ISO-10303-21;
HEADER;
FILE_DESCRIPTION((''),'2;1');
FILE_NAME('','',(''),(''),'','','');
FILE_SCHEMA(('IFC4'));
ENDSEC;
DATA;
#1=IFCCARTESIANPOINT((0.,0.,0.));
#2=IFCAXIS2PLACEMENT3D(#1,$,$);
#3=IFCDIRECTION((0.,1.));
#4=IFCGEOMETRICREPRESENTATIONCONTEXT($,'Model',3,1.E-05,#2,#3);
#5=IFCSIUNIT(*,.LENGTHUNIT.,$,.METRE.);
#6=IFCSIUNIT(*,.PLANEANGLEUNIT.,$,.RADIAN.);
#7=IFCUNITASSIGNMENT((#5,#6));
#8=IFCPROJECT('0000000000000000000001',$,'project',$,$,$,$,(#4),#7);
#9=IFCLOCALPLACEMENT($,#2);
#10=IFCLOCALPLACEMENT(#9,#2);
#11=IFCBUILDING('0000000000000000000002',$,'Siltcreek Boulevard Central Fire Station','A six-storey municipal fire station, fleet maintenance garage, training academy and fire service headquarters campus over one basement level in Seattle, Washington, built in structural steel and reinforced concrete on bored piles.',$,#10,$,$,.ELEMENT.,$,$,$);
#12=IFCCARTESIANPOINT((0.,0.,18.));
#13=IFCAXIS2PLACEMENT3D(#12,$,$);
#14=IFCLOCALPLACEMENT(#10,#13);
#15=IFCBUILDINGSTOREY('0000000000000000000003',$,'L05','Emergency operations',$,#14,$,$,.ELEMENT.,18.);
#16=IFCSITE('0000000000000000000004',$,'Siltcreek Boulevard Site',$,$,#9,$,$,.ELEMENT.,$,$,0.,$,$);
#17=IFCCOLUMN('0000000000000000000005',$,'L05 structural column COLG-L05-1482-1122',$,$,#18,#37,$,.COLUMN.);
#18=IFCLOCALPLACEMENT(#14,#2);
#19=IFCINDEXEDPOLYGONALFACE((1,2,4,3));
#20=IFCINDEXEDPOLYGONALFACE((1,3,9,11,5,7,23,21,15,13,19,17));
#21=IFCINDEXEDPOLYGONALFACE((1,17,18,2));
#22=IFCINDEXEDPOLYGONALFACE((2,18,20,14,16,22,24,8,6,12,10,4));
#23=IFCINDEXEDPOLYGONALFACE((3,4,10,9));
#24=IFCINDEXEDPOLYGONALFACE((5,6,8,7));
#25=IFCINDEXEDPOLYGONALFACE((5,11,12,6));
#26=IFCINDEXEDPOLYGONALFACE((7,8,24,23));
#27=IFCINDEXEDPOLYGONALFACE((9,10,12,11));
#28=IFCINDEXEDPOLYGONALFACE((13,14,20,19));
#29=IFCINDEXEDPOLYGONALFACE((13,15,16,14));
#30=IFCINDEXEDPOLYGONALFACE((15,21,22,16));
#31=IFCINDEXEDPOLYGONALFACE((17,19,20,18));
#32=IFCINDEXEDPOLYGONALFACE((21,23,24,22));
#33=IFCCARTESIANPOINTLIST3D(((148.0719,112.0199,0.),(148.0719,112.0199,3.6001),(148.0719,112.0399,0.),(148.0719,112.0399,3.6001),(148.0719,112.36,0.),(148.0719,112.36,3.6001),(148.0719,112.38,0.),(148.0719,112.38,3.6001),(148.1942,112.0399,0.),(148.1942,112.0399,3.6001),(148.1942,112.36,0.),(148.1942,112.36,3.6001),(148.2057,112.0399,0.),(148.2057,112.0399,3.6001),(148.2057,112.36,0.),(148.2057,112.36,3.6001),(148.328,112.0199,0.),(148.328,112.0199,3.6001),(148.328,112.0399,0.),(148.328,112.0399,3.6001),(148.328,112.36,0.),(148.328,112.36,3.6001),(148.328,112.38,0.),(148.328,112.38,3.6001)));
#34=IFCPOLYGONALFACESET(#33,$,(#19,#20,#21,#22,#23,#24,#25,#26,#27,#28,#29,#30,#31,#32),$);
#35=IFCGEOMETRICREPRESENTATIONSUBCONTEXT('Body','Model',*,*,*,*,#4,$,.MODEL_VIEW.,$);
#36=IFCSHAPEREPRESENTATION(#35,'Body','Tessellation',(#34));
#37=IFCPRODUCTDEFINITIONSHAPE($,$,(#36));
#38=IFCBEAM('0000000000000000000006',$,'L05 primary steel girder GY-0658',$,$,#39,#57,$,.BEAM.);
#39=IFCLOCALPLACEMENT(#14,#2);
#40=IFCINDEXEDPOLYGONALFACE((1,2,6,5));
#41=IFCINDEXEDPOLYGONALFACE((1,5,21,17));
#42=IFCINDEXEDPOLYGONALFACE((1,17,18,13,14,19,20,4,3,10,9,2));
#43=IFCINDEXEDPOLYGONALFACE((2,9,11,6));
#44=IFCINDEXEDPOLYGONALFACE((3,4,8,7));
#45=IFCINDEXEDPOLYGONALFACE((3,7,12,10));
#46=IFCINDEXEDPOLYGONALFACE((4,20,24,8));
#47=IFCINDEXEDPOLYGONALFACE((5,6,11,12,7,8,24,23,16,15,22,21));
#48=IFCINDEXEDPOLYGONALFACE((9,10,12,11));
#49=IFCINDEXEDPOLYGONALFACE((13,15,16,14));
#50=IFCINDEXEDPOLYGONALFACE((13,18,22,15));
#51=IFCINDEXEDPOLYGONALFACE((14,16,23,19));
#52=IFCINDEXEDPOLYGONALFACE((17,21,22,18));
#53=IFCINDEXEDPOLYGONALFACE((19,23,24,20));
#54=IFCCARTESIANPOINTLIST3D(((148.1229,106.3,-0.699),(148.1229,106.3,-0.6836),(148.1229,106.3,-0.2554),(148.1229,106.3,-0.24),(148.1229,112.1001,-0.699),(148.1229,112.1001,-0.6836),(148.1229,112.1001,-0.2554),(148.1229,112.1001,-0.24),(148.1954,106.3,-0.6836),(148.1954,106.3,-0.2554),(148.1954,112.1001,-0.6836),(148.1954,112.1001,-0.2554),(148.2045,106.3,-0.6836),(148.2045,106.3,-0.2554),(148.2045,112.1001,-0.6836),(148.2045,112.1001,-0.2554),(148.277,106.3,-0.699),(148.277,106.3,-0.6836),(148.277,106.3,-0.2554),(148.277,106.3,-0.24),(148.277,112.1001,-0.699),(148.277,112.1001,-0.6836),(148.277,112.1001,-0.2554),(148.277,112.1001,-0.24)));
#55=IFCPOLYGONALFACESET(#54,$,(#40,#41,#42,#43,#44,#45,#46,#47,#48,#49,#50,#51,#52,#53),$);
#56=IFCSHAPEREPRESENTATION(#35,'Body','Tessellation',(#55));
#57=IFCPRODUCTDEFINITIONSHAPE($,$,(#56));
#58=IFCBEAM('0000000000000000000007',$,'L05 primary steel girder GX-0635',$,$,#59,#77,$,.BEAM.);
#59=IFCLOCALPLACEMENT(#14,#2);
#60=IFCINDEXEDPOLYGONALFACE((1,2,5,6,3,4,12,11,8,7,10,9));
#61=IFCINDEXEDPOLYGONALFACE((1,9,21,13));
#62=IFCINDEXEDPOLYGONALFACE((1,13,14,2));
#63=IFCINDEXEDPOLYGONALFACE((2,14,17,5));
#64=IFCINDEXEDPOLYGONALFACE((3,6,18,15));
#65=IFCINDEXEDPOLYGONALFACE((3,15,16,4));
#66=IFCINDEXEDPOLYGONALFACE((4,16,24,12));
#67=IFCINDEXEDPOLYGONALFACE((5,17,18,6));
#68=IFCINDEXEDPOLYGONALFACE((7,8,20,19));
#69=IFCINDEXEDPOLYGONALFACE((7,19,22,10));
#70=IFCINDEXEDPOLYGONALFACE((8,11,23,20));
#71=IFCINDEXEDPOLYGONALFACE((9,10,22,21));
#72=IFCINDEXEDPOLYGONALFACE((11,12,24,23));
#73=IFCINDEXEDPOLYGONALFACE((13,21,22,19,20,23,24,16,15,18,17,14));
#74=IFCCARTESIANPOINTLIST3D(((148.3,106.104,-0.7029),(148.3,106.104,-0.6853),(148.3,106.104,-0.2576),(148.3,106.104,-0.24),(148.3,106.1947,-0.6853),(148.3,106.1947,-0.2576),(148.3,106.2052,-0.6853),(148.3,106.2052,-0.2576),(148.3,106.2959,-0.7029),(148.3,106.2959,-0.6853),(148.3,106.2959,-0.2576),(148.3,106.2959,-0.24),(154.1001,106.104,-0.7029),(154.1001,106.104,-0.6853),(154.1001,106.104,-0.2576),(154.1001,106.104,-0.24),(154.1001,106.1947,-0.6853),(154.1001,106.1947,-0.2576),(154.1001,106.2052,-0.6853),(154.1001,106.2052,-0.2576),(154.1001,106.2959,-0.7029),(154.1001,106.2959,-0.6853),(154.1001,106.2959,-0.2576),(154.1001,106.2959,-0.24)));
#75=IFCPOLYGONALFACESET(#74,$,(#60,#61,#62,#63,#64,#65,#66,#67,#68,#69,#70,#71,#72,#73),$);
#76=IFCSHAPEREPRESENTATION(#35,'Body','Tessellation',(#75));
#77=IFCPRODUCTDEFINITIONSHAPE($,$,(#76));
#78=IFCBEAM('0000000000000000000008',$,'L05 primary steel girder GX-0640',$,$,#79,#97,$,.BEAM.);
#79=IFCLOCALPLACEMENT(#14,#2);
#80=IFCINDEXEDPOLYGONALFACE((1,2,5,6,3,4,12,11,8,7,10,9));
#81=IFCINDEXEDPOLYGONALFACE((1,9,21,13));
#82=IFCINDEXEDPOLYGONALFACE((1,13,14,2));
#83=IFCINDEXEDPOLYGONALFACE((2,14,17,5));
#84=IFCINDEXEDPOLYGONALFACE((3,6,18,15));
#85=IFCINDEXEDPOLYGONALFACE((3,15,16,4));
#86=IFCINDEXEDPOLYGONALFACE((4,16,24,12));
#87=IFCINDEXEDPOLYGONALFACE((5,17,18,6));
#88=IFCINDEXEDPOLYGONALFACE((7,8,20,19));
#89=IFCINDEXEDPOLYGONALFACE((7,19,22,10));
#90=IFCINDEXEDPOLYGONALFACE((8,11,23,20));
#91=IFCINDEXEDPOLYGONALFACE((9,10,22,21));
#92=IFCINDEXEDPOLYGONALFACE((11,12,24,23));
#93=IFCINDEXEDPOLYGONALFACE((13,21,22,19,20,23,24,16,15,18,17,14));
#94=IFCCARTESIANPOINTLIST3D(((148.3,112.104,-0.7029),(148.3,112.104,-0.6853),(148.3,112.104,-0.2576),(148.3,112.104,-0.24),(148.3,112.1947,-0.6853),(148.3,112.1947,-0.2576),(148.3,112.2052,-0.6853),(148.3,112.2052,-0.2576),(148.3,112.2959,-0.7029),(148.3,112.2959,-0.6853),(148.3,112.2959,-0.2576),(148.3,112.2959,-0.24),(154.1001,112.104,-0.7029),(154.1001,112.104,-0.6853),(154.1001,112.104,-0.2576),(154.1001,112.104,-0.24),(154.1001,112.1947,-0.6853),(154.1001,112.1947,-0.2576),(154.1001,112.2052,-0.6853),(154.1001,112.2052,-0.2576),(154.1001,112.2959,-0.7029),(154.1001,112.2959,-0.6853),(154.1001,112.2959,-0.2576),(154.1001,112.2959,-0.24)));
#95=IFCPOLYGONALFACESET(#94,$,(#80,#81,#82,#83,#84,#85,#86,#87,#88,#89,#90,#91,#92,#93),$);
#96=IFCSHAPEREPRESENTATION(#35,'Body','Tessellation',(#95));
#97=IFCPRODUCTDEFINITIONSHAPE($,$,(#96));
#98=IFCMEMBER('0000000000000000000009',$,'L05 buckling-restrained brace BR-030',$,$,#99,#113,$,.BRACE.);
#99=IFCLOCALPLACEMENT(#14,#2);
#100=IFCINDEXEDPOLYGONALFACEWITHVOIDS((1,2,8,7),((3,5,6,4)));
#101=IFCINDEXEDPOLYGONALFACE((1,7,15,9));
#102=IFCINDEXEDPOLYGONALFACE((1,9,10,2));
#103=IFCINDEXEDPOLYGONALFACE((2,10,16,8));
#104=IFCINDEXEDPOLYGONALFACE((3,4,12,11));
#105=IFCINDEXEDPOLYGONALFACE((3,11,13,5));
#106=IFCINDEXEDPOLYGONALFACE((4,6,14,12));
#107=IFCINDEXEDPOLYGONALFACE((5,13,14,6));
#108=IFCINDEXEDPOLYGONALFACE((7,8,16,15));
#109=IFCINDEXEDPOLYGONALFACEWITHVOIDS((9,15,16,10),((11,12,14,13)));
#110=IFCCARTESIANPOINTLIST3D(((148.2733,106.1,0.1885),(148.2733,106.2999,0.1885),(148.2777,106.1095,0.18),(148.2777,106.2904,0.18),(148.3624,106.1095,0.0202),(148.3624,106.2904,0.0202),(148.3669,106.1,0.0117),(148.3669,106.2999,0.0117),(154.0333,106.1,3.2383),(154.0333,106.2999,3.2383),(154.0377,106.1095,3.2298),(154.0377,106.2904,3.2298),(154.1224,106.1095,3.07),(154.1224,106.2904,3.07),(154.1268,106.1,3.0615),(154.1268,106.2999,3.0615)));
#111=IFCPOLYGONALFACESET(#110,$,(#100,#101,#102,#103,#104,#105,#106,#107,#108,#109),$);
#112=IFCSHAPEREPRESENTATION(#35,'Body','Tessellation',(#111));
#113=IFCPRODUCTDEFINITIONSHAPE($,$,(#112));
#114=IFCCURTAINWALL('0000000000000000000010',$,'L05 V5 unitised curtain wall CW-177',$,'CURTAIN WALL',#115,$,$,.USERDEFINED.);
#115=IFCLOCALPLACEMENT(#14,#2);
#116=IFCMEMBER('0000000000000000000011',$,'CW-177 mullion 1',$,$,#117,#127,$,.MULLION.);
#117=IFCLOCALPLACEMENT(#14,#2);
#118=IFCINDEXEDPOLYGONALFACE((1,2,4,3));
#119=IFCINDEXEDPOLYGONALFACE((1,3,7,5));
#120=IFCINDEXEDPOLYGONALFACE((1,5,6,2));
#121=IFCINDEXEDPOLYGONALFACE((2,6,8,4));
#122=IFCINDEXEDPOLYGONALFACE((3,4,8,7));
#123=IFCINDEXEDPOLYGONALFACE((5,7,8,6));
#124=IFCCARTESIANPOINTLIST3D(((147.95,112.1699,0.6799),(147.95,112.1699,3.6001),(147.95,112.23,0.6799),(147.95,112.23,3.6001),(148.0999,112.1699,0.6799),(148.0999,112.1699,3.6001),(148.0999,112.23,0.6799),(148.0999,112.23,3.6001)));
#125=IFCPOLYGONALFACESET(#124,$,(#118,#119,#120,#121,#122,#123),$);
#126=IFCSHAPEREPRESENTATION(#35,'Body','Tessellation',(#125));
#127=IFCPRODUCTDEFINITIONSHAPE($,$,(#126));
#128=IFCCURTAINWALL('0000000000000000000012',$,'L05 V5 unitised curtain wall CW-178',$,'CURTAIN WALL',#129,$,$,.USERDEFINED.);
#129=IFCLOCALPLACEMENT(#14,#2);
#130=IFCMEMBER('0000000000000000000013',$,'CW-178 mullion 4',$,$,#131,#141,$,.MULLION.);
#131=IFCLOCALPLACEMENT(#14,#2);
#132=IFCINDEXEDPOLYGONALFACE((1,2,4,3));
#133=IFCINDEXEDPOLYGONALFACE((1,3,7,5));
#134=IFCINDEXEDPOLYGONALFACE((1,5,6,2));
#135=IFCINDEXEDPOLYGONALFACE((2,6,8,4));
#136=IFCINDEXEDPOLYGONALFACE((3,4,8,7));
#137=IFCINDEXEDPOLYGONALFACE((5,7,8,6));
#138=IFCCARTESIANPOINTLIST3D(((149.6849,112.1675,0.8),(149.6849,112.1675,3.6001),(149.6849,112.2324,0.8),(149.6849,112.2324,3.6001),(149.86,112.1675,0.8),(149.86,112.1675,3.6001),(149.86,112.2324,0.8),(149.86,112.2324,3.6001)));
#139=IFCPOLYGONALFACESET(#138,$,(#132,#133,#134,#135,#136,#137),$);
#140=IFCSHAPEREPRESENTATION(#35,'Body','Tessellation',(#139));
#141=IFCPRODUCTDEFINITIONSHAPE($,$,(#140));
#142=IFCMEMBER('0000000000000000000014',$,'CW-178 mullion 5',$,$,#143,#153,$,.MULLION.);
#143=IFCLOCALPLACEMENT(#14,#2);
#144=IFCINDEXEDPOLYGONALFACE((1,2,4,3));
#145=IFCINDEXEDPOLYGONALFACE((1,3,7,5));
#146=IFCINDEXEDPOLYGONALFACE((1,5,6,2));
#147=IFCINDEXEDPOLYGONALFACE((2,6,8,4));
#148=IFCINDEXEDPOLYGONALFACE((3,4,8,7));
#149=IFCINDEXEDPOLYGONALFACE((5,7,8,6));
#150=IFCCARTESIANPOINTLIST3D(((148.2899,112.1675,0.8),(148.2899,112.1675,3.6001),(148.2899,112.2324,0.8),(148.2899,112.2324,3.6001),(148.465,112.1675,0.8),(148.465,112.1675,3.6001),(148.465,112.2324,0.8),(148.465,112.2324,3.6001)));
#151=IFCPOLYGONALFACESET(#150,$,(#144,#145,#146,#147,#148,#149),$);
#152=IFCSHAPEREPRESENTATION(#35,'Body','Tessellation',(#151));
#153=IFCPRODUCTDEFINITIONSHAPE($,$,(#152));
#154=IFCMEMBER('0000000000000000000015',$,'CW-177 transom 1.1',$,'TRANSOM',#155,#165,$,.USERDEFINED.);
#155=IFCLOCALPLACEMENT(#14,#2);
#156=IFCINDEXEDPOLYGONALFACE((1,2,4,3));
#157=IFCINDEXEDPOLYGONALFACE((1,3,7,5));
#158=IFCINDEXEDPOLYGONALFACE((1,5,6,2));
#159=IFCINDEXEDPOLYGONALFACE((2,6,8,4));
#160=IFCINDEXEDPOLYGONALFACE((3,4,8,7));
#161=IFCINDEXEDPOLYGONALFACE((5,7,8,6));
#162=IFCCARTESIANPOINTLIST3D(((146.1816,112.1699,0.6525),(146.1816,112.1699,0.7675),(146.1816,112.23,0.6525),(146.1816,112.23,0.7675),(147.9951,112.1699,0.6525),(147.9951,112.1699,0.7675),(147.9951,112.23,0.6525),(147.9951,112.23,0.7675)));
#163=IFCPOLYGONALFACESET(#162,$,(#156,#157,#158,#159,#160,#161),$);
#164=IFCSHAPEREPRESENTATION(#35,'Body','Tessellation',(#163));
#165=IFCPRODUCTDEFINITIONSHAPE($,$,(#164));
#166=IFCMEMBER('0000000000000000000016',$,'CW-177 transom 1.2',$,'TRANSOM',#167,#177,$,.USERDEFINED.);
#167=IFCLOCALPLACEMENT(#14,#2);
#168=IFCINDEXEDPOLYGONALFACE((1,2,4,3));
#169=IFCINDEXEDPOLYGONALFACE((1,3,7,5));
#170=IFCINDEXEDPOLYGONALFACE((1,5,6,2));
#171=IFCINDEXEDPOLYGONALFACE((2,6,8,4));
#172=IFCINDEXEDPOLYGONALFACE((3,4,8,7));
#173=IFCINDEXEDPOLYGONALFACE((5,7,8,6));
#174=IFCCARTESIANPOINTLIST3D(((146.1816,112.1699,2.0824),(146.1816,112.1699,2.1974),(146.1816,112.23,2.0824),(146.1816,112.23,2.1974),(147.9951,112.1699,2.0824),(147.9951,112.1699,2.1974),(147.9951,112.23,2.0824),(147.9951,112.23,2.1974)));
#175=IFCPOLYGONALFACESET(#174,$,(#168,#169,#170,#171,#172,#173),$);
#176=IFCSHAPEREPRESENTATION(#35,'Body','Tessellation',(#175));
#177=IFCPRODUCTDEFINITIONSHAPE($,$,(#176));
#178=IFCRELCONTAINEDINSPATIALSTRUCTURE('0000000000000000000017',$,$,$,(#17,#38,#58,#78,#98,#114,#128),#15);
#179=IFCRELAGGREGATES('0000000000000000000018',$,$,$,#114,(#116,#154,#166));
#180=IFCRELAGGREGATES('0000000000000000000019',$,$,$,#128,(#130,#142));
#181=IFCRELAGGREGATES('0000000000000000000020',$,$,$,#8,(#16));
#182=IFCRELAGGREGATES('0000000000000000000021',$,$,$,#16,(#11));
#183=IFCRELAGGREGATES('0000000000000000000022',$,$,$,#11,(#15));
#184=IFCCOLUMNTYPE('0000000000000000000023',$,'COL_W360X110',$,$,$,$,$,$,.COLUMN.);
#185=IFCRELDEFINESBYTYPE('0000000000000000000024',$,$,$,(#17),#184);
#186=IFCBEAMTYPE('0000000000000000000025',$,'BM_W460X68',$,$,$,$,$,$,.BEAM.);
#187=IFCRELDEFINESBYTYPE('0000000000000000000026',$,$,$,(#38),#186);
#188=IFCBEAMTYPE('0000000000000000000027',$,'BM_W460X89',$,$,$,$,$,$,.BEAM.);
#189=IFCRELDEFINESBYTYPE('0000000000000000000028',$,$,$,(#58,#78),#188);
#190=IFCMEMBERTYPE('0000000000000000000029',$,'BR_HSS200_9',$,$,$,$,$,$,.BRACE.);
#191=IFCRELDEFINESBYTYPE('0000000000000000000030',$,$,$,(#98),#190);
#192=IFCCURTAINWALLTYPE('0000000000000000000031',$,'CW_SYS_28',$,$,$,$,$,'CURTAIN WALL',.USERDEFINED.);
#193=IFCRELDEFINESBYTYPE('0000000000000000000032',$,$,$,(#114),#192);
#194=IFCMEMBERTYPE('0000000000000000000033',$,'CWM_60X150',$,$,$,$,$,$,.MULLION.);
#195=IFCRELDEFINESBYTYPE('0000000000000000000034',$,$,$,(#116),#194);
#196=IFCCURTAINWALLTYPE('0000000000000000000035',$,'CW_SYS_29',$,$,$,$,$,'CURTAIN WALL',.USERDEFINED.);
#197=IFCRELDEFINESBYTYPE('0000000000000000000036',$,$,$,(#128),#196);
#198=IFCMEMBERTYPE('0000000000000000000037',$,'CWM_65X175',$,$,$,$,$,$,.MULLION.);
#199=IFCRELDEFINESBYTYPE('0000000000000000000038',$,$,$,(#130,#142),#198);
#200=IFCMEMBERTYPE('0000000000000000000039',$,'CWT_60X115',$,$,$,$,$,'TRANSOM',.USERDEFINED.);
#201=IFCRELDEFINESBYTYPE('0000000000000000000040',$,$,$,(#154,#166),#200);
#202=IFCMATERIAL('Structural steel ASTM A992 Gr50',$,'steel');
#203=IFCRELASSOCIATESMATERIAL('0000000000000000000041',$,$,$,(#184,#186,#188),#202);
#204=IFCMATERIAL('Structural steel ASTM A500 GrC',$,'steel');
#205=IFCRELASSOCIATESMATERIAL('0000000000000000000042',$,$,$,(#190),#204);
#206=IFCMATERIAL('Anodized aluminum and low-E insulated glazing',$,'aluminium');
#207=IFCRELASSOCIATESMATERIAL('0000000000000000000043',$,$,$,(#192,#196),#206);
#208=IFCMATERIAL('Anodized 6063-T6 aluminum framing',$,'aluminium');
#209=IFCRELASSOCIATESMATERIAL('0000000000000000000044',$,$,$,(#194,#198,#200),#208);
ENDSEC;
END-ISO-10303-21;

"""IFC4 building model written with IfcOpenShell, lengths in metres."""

from ifc_helpers import new_model, si_unit, direction, frame, origin, origin_2d, place, context, subcontext, project, spatial, rectangle, hollow_rectangle, i_section, extrude, material, material_profile, profile_set, type_object, element, aggregate, save


model = new_model("IFC4")

# Units and contexts
model_context = context("Model", 3, precision=1e-05, world=origin(), true_north=direction((0.0, 1.0)))
body_context = subcontext(model_context, "Body", "Model", "MODEL_VIEW")
ifc_project = project(units=[si_unit("LENGTHUNIT", "METRE"), si_unit("PLANEANGLEUNIT", "RADIAN")], contexts=[model_context])

# Site, building, storey
site_placement = place(None, origin())
site = spatial("IfcSite", under=ifc_project, at=site_placement, Name="Siltcreek Boulevard Site", CompositionType="ELEMENT", RefElevation=0.0)
building_placement = place(site_placement, origin())
building = spatial("IfcBuilding", under=site, at=building_placement, Name="Siltcreek Boulevard Central Fire Station", Description="A six-storey municipal fire station, fleet maintenance garage, training academy and fire service headquarters campus over one basement level in Seattle, Washington, built in structural steel and reinforced concrete on bored piles.", CompositionType="ELEMENT")
storey_placement = place(building_placement, frame((0.0, 0.0, 18.0)))
storey = spatial("IfcBuildingStorey", under=building, at=storey_placement, Name="L05", Description="Emergency operations", CompositionType="ELEMENT", Elevation=18.0)

# Column
ifc_material_1 = material(Name="Structural steel ASTM A992 Gr50", Category="steel")
ifc_material_profile_1 = material_profile(ifc_material_1, i_section(OverallWidth=0.2561, OverallDepth=0.3601, WebThickness=0.0115, FlangeThickness=0.02, at=origin_2d()), Name="W360X110")
ifc_profile_set_1 = profile_set([ifc_material_profile_1], Name="Structural steel ASTM A992 Gr50")
column_type = type_object("IfcColumnType", Name="COL_W360X110", PredefinedType="COLUMN", material=ifc_profile_set_1)
column_placement = place(storey_placement, frame((148.2, 112.2, 0.0), z_axis=(0.0, 0.0, 1.0), x_axis=(1.0, 0.0, 0.0)))
element("IfcColumn", 1, at=column_placement, inside=storey, type_object=column_type, Name="L05 structural column COLG-L05-1482-1122", PredefinedType="COLUMN", context=body_context, shape_type="SweptSolid", body=[
    extrude(i_section(OverallWidth=0.2561, OverallDepth=0.3601, WebThickness=0.0115, FlangeThickness=0.02, at=origin_2d()), origin(), (0.0, 0.0, 1.0), 3.6001),
])

# Beams
ifc_material_profile_2 = material_profile(ifc_material_1, i_section(OverallWidth=0.1541, OverallDepth=0.459, WebThickness=0.009, FlangeThickness=0.0154, at=origin_2d()), Name="W460X68")
ifc_profile_set_2 = profile_set([ifc_material_profile_2], Name="Structural steel ASTM A992 Gr50")
beam_type_1 = type_object("IfcBeamType", Name="BM_W460X68", PredefinedType="BEAM", material=ifc_profile_set_2)
beam_1_placement = place(storey_placement, frame((148.2, 106.3, -0.4695), z_axis=(0.0, 1.0, 0.0), x_axis=(-1.0, 0.0, 0.0)))
element("IfcBeam", 2, at=beam_1_placement, inside=storey, type_object=beam_type_1, Name="L05 primary steel girder GY-0658", PredefinedType="BEAM", context=body_context, shape_type="SweptSolid", body=[
    extrude(i_section(OverallWidth=0.1541, OverallDepth=0.459, WebThickness=0.009, FlangeThickness=0.0154, at=origin_2d()), origin(), (0.0, 0.0, 1.0), 5.8),
])
ifc_material_profile_3 = material_profile(ifc_material_1, i_section(OverallWidth=0.1919, OverallDepth=0.4629, WebThickness=0.0105, FlangeThickness=0.0176, at=origin_2d()), Name="W460X89")
ifc_profile_set_3 = profile_set([ifc_material_profile_3], Name="Structural steel ASTM A992 Gr50")
beam_type_2 = type_object("IfcBeamType", Name="BM_W460X89", PredefinedType="BEAM", material=ifc_profile_set_3)
for number, where, z_axis, x_axis, name in (
    (3, (148.3, 106.2, -0.4714), (1.0, 0.0, 0.0), (0.0, 1.0, 0.0), "L05 primary steel girder GX-0635"),
    (4, (148.3, 112.2, -0.4714), (1.0, 0.0, 0.0), (0.0, 1.0, 0.0), "L05 primary steel girder GX-0640"),
):
    element("IfcBeam", number, at=place(storey_placement, frame(where, z_axis=z_axis, x_axis=x_axis)), inside=storey, type_object=beam_type_2, Name=name, PredefinedType="BEAM", context=body_context, shape_type="SweptSolid", body=[
        extrude(i_section(OverallWidth=0.1919, OverallDepth=0.4629, WebThickness=0.0105, FlangeThickness=0.0176, at=origin_2d()), origin(), (0.0, 0.0, 1.0), 5.8),
    ])

# Member
ifc_material_2 = material(Name="Structural steel ASTM A500 GrC", Category="steel")
ifc_material_profile_4 = material_profile(ifc_material_2, hollow_rectangle(XDim=0.2, YDim=0.2, WallThickness=0.0095, at=origin_2d()), Name="HSS200X200X9.5")
ifc_profile_set_4 = profile_set([ifc_material_profile_4], Name="Structural steel ASTM A500 GrC")
member_type_1 = type_object("IfcMemberType", Name="BR_HSS200_9", PredefinedType="BRACE", material=ifc_profile_set_4)
member_1_placement = place(storey_placement, frame((148.3201, 106.2, 0.1001), z_axis=(0.883763, 0.0, 0.467934), x_axis=(0.0, 1.0, 0.0)))
element("IfcMember", 5, at=member_1_placement, inside=storey, type_object=member_type_1, Name="L05 buckling-restrained brace BR-030", PredefinedType="BRACE", context=body_context, shape_type="SweptSolid", body=[
    extrude(hollow_rectangle(XDim=0.2, YDim=0.2, WallThickness=0.0095, at=origin_2d()), origin(), (0.0, 0.0, 1.0), 6.5176),
])

# Curtain wall, member
ifc_material_3 = material(Name="Anodized aluminum and low-E insulated glazing", Category="aluminium")
curtain_wall_type_1 = type_object("IfcCurtainWallType", Name="CW_SYS_28", ElementType="CURTAIN WALL", PredefinedType="USERDEFINED", material=ifc_material_3)
curtain_wall_1_placement = place(storey_placement, origin())
curtain_wall_1 = element("IfcCurtainWall", 6, at=curtain_wall_1_placement, inside=storey, type_object=curtain_wall_type_1, Name="L05 V5 unitised curtain wall CW-177", ObjectType="CURTAIN WALL", PredefinedType="USERDEFINED")
ifc_material_4 = material(Name="Anodized 6063-T6 aluminum framing", Category="aluminium")
ifc_material_profile_5 = material_profile(ifc_material_4, rectangle(XDim=0.0601, YDim=0.1499, at=origin_2d()), Name="MULL60X150")
ifc_profile_set_5 = profile_set([ifc_material_profile_5], Name="Anodized 6063-T6 aluminum framing")
member_type_2 = type_object("IfcMemberType", Name="CWM_60X150", PredefinedType="MULLION", material=ifc_profile_set_5)
member_2_placement = place(storey_placement, frame((148.0249, 112.2, 0.6799), z_axis=(0.0, 0.0, 1.0), x_axis=(0.0, -1.0, 0.0)))
member_2 = element("IfcMember", 7, at=member_2_placement, type_object=member_type_2, Name="CW-177 mullion 1", PredefinedType="MULLION", context=body_context, shape_type="SweptSolid", body=[
    extrude(rectangle(XDim=0.0601, YDim=0.1499, at=origin_2d()), origin(), (0.0, 0.0, 1.0), 2.9202),
])

# Curtain wall, members
curtain_wall_type_2 = type_object("IfcCurtainWallType", Name="CW_SYS_29", ElementType="CURTAIN WALL", PredefinedType="USERDEFINED", material=ifc_material_3)
curtain_wall_2_placement = place(storey_placement, origin())
curtain_wall_2 = element("IfcCurtainWall", 8, at=curtain_wall_2_placement, inside=storey, type_object=curtain_wall_type_2, Name="L05 V5 unitised curtain wall CW-178", ObjectType="CURTAIN WALL", PredefinedType="USERDEFINED")
ifc_material_profile_6 = material_profile(ifc_material_4, rectangle(XDim=0.0649, YDim=0.175, at=origin_2d()), Name="MULL65X175")
ifc_profile_set_6 = profile_set([ifc_material_profile_6], Name="Anodized 6063-T6 aluminum framing")
member_type_3 = type_object("IfcMemberType", Name="CWM_65X175", PredefinedType="MULLION", material=ifc_profile_set_6)
member_3_placement = place(storey_placement, frame((149.7725, 112.2, 0.8), z_axis=(0.0, 0.0, 1.0), x_axis=(0.0, -1.0, 0.0)))
member_3 = element("IfcMember", 9, at=member_3_placement, type_object=member_type_3, Name="CW-178 mullion 4", PredefinedType="MULLION", context=body_context, shape_type="SweptSolid", body=[
    extrude(rectangle(XDim=0.0649, YDim=0.175, at=origin_2d()), origin(), (0.0, 0.0, 1.0), 2.8),
])
member_4_placement = place(storey_placement, frame((148.3774, 112.2, 0.8), z_axis=(0.0, 0.0, 1.0), x_axis=(0.0, -1.0, 0.0)))
member_4 = element("IfcMember", 10, at=member_4_placement, type_object=member_type_3, Name="CW-178 mullion 5", PredefinedType="MULLION", context=body_context, shape_type="SweptSolid", body=[
    extrude(rectangle(XDim=0.0649, YDim=0.175, at=origin_2d()), origin(), (0.0, 0.0, 1.0), 2.8),
])

# Members
ifc_material_profile_7 = material_profile(ifc_material_4, rectangle(XDim=0.0601, YDim=0.115, at=origin_2d()), Name="TRAN60X115")
ifc_profile_set_7 = profile_set([ifc_material_profile_7], Name="Anodized 6063-T6 aluminum framing")
member_type_4 = type_object("IfcMemberType", Name="CWT_60X115", ElementType="TRANSOM", PredefinedType="USERDEFINED", material=ifc_profile_set_7)
member_5_placement = place(storey_placement, frame((147.9951, 112.2, 0.71), z_axis=(-1.0, 0.0, 0.0), x_axis=(0.0, -1.0, 0.0)))
member_5 = element("IfcMember", 11, at=member_5_placement, type_object=member_type_4, Name="CW-177 transom 1.1", ObjectType="TRANSOM", PredefinedType="USERDEFINED", context=body_context, shape_type="SweptSolid", body=[
    extrude(rectangle(XDim=0.0601, YDim=0.115, at=origin_2d()), origin(), (0.0, 0.0, 1.0), 1.8135),
])
member_6_placement = place(storey_placement, frame((147.9951, 112.2, 2.1399), z_axis=(-1.0, 0.0, 0.0), x_axis=(0.0, -1.0, 0.0)))
member_6 = element("IfcMember", 12, at=member_6_placement, type_object=member_type_4, Name="CW-177 transom 1.2", ObjectType="TRANSOM", PredefinedType="USERDEFINED", context=body_context, shape_type="SweptSolid", body=[
    extrude(rectangle(XDim=0.0601, YDim=0.115, at=origin_2d()), origin(), (0.0, 0.0, 1.0), 1.8135),
])

aggregate(curtain_wall_1, [member_2, member_5, member_6])
aggregate(curtain_wall_2, [member_3, member_4])

save(model, "model.ifc")
